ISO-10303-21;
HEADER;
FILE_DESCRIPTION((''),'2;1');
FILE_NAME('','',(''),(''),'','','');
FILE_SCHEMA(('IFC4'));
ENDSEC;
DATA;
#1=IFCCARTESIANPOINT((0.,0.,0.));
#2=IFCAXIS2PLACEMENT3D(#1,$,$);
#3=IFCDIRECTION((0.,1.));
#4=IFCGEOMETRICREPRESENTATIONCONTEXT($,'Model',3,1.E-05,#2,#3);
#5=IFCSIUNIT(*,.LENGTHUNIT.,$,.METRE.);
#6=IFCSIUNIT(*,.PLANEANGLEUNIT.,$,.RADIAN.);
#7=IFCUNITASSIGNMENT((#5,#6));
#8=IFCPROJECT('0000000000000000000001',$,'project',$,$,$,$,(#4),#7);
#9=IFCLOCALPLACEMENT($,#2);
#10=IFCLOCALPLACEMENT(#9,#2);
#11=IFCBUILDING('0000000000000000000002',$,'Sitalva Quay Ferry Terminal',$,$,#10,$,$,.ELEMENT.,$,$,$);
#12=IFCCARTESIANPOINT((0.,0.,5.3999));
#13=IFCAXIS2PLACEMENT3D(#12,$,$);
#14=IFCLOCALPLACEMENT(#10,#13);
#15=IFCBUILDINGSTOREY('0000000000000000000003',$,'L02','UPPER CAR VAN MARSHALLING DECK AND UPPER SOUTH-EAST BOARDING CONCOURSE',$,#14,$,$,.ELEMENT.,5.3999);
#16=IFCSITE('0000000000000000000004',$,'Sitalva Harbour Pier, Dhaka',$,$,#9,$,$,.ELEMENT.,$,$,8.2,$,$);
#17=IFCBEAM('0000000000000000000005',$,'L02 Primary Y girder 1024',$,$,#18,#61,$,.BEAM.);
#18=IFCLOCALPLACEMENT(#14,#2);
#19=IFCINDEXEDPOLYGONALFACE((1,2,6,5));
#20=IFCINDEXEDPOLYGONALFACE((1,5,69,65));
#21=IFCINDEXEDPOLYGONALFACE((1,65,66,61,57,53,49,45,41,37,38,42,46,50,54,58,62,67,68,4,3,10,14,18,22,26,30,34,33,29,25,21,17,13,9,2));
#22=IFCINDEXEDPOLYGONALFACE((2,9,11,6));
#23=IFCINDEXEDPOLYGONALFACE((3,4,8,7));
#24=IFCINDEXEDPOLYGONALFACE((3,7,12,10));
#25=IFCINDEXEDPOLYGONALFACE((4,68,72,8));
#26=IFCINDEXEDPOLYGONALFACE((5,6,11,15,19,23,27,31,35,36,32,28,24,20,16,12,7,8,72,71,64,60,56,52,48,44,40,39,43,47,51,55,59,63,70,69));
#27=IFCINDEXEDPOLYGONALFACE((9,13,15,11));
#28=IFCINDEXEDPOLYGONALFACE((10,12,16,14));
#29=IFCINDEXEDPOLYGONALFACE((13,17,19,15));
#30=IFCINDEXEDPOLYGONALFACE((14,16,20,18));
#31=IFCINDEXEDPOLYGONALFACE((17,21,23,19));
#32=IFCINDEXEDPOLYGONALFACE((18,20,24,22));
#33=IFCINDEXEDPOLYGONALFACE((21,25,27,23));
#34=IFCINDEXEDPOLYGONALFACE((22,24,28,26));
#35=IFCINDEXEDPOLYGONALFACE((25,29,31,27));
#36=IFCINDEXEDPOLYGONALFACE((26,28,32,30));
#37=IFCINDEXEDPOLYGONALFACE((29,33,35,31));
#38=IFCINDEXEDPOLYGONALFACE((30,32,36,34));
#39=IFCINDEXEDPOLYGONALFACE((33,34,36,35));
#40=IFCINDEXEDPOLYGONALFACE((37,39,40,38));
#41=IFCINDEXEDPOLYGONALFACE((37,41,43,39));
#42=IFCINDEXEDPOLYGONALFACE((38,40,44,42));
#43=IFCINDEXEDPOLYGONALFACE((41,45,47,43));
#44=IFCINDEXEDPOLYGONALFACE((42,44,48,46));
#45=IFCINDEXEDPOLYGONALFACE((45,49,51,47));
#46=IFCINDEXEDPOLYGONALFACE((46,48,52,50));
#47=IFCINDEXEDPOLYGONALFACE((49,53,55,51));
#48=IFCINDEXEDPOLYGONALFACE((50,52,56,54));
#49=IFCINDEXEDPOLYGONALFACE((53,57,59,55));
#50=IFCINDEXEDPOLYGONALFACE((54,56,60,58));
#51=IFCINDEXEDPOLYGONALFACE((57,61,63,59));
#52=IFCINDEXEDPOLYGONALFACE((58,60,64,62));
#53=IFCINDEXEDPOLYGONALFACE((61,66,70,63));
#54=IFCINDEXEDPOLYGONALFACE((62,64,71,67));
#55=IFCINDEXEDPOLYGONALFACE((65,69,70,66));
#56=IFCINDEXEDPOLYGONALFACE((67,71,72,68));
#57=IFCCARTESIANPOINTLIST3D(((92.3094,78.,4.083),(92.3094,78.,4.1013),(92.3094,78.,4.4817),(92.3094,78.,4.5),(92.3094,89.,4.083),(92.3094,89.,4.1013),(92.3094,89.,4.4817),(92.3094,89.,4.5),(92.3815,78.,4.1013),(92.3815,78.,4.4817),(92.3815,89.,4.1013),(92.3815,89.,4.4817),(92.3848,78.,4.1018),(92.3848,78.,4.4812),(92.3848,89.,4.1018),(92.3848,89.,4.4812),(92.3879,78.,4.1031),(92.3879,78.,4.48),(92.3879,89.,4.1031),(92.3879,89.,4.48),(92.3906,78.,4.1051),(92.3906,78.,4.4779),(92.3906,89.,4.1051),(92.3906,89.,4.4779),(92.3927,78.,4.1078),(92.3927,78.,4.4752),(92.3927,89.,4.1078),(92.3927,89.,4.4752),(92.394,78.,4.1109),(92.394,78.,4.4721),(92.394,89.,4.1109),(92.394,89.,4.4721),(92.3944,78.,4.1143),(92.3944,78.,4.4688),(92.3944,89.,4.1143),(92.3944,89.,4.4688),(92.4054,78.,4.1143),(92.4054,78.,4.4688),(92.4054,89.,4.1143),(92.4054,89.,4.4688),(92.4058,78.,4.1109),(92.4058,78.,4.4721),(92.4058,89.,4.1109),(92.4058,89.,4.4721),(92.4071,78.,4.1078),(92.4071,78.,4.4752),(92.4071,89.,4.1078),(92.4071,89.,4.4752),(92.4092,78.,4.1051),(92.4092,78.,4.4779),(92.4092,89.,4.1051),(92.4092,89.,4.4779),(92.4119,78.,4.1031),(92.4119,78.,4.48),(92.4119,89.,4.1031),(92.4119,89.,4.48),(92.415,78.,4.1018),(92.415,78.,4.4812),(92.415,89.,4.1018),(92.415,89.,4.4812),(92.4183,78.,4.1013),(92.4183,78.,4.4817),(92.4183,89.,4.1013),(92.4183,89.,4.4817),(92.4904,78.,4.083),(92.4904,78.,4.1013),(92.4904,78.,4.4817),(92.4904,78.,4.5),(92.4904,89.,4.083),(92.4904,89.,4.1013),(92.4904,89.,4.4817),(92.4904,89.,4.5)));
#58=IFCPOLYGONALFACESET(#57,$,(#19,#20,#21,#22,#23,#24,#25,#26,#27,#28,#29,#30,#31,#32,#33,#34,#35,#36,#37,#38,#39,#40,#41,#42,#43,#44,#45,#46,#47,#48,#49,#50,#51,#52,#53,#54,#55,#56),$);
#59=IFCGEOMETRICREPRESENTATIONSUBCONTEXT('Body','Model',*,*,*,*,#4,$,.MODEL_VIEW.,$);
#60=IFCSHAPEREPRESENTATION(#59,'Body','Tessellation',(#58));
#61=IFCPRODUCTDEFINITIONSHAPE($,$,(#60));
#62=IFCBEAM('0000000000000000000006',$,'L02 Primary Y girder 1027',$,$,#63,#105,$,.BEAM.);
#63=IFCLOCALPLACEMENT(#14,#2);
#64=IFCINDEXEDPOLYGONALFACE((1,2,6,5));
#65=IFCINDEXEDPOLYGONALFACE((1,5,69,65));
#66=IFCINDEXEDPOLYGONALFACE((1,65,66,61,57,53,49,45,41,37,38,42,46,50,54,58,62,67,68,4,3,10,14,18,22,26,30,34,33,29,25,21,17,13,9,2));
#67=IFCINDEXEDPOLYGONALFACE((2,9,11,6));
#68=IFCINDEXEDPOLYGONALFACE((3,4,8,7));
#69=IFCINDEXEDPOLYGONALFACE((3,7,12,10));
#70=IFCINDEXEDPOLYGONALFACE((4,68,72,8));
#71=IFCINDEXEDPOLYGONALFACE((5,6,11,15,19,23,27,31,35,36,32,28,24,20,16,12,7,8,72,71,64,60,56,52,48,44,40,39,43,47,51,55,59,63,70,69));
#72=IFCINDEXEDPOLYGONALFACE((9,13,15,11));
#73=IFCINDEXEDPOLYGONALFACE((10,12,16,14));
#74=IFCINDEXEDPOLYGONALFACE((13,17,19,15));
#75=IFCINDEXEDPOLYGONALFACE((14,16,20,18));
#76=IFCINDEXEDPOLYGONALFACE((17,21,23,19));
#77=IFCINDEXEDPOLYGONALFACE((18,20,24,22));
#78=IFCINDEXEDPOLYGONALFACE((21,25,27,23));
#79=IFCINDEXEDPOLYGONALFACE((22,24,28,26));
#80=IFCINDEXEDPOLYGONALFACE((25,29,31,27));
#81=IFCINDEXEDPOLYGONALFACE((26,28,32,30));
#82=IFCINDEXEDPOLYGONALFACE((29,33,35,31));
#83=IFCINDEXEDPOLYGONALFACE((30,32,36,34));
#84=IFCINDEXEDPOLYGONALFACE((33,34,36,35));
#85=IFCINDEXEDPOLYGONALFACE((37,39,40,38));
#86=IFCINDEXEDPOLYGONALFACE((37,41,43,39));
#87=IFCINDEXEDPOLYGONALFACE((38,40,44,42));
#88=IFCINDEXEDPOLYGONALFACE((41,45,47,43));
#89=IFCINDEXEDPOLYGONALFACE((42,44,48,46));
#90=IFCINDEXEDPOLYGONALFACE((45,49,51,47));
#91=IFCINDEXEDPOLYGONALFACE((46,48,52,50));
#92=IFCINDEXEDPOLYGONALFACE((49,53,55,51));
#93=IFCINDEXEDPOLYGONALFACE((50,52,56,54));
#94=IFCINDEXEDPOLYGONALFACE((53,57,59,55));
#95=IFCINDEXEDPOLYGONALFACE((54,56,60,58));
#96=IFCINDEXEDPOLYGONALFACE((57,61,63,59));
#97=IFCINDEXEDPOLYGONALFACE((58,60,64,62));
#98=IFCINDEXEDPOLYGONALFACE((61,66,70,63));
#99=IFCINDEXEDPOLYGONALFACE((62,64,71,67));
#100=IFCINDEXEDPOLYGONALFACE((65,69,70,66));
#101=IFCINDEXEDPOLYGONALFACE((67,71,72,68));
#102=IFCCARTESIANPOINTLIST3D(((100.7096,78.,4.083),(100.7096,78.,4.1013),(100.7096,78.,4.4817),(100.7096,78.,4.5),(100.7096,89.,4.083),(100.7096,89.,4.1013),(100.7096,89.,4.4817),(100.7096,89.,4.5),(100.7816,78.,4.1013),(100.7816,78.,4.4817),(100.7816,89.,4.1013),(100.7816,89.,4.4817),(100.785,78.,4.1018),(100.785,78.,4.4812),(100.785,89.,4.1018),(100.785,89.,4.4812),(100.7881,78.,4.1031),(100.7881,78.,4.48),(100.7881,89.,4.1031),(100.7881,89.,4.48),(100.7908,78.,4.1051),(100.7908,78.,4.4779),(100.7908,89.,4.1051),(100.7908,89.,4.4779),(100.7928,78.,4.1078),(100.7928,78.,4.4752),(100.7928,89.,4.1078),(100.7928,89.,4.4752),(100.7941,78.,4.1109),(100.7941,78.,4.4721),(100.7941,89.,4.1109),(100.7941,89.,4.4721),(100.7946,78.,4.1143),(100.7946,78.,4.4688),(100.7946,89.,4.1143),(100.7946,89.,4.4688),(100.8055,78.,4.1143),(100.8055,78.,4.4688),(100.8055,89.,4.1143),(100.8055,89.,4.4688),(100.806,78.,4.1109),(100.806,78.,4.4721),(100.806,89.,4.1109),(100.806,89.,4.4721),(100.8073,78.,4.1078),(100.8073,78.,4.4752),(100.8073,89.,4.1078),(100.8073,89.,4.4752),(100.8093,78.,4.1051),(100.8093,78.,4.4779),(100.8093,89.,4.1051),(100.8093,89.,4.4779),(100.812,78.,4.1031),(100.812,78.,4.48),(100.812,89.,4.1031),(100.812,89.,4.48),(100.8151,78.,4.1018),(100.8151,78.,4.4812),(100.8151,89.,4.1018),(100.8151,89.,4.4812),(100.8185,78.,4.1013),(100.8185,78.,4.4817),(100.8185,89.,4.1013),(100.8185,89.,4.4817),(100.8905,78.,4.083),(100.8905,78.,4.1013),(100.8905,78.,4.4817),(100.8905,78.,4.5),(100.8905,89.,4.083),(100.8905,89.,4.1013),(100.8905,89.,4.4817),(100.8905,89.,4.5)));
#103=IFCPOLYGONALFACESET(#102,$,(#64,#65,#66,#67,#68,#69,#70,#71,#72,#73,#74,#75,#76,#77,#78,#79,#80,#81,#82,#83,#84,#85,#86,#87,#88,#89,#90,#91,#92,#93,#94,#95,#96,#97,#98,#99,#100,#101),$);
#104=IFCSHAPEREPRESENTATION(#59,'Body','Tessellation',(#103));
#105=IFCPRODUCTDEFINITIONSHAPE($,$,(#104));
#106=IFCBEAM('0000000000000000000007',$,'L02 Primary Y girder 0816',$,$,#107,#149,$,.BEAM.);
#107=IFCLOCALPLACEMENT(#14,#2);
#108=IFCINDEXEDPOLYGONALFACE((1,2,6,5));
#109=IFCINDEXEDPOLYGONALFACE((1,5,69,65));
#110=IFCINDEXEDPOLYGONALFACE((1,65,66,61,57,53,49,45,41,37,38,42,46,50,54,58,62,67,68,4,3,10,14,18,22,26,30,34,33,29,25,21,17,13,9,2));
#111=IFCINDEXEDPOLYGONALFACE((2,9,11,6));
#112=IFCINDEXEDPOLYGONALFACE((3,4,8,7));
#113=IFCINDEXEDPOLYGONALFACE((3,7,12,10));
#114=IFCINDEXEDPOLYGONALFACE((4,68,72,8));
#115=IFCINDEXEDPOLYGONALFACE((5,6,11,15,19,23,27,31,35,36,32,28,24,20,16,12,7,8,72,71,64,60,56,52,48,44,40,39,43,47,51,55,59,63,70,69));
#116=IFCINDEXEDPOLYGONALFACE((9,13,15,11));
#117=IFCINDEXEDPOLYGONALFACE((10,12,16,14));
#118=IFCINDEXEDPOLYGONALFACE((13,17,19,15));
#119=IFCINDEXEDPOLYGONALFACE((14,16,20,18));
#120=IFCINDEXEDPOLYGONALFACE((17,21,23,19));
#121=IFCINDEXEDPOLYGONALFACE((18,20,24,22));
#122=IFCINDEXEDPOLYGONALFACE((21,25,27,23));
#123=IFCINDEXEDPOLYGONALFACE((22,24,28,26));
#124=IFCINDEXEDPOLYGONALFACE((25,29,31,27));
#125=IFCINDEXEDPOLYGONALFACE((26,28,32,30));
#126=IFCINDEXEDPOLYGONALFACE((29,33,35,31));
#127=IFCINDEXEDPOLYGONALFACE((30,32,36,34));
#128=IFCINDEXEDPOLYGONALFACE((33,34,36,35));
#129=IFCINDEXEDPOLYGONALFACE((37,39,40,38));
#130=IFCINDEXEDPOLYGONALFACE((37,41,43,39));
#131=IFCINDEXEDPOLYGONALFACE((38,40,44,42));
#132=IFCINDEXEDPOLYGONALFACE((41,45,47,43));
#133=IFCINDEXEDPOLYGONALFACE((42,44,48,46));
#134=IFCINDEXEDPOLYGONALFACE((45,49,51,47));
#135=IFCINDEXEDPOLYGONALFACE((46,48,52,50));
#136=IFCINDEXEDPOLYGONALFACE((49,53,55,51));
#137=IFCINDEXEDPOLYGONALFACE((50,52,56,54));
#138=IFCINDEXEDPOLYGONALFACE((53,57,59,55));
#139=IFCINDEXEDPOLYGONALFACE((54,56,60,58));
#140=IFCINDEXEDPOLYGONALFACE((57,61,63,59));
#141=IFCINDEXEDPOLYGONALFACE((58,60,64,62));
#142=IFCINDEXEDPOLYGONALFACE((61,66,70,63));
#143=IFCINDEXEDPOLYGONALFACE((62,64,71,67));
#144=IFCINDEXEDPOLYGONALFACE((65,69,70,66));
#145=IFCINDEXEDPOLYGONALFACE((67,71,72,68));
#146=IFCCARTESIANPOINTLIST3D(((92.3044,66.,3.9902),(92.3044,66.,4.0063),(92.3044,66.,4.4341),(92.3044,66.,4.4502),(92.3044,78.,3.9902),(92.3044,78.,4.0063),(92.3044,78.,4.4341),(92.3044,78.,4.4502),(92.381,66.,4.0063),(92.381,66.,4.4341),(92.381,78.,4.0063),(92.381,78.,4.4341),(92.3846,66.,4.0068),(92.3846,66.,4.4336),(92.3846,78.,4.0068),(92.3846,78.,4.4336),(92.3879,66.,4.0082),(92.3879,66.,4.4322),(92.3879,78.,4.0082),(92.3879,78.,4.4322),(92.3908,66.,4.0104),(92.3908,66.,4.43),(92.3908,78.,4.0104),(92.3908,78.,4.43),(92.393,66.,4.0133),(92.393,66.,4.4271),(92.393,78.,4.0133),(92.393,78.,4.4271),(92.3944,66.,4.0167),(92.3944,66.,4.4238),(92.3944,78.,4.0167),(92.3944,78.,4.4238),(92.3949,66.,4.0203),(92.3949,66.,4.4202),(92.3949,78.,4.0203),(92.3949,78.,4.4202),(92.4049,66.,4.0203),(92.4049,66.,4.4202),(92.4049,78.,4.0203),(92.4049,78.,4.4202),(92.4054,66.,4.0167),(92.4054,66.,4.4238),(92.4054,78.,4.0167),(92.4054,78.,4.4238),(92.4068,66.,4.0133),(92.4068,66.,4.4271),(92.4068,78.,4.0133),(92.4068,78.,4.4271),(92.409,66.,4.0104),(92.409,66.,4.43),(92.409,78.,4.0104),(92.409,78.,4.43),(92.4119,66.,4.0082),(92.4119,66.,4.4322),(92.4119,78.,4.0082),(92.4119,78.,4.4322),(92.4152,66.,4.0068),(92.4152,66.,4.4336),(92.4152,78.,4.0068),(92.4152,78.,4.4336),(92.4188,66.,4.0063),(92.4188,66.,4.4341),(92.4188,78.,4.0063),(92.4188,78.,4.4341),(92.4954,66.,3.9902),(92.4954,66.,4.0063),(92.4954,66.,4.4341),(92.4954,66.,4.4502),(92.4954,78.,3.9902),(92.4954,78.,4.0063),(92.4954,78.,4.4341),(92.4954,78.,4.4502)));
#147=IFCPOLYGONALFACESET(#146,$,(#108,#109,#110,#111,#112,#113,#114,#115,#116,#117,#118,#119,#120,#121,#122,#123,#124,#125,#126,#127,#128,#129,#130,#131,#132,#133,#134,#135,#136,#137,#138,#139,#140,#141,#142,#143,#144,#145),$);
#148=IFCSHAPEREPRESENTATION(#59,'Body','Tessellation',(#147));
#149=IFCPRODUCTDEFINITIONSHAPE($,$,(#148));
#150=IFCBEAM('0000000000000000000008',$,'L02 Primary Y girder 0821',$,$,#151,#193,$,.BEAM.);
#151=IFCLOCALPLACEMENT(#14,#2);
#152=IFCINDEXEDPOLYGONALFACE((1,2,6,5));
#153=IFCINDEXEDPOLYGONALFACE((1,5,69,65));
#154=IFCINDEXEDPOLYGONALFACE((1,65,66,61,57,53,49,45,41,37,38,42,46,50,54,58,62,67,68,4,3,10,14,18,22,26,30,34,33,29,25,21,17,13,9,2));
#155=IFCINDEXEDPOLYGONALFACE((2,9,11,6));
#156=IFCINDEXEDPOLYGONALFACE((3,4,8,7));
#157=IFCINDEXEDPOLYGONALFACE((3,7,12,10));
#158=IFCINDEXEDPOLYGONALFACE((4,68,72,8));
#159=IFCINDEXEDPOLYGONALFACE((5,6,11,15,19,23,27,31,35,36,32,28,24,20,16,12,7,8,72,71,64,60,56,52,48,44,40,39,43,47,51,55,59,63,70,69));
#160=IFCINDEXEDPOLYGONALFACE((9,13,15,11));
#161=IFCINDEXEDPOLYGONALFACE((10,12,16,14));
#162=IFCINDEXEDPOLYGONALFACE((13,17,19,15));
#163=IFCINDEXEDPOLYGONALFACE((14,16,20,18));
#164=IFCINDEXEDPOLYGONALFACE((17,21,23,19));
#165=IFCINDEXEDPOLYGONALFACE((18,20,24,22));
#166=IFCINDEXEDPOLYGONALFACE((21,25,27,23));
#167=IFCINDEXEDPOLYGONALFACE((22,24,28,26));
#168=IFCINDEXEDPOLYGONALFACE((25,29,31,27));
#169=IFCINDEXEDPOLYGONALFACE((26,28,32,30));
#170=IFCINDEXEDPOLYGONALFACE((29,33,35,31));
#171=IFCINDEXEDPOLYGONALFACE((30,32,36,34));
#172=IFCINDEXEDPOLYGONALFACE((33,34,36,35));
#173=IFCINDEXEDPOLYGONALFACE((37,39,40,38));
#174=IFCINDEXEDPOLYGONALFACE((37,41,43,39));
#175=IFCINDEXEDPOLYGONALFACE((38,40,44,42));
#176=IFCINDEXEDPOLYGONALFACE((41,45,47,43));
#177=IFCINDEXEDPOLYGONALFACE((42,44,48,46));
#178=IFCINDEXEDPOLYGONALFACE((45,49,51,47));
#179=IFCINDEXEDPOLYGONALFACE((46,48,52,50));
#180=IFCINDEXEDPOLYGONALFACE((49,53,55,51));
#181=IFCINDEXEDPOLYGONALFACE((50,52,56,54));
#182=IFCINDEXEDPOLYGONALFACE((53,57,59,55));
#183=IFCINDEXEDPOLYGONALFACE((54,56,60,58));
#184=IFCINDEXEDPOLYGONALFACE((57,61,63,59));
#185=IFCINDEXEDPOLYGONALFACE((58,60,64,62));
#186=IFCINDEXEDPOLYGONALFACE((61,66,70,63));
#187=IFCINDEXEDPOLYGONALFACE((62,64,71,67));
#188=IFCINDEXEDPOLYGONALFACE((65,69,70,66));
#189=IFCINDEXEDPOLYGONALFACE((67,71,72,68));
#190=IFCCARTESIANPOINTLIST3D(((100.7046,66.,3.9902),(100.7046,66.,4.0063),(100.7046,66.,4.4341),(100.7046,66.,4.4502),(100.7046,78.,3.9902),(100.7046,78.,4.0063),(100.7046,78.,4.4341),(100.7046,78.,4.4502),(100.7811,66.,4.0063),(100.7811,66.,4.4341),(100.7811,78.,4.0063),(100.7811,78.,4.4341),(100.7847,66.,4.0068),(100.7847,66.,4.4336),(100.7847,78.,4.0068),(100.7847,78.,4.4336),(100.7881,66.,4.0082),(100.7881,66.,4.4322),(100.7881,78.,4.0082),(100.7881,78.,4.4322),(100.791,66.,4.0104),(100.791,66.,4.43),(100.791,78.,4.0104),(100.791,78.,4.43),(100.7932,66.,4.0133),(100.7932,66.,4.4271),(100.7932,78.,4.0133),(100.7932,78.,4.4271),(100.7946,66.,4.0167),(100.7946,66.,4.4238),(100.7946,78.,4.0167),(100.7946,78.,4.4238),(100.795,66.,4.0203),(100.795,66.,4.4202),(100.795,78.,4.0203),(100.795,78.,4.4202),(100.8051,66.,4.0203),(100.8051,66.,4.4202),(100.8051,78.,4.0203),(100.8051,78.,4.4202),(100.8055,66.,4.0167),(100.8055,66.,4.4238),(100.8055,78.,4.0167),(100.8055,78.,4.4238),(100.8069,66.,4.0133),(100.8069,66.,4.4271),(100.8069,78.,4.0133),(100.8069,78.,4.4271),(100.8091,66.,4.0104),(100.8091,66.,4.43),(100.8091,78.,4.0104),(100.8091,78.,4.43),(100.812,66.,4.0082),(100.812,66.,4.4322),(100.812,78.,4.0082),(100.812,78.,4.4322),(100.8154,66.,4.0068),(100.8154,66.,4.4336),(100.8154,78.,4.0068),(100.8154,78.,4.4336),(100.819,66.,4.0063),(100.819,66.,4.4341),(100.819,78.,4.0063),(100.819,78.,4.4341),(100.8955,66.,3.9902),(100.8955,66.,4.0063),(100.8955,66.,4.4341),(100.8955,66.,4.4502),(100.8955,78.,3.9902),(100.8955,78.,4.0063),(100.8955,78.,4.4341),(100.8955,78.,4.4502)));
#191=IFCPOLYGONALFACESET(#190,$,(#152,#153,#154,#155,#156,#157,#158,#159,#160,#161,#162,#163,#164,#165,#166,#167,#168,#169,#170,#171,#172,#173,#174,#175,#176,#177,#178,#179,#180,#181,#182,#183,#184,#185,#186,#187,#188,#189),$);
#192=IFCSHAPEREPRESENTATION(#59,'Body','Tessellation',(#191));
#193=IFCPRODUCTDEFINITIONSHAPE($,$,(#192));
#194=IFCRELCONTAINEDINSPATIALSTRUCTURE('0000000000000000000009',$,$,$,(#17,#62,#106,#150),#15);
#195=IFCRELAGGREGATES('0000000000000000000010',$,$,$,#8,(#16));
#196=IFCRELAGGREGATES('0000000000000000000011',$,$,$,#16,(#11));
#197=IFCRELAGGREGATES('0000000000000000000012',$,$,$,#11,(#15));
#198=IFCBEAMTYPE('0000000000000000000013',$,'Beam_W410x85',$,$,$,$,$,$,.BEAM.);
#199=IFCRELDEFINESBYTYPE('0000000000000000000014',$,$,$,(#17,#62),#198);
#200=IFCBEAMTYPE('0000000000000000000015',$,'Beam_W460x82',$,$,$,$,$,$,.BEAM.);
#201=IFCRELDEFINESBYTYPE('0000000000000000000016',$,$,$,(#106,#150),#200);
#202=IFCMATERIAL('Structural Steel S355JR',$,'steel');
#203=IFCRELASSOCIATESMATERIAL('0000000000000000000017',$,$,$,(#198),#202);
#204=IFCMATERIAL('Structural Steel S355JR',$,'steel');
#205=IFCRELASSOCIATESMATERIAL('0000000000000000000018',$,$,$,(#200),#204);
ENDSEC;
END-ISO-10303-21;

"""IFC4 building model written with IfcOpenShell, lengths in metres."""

from ifc_helpers import new_model, si_unit, direction, frame, origin, origin_2d, place, context, subcontext, project, spatial, i_section, extrude, material, material_profile, profile_set, type_object, element, save


model = new_model("IFC4")

# Units and contexts
model_context = context("Model", 3, precision=1e-05, world=origin(), true_north=direction((0.0, 1.0)))
body_context = subcontext(model_context, "Body", "Model", "MODEL_VIEW")
ifc_project = project(units=[si_unit("LENGTHUNIT", "METRE"), si_unit("PLANEANGLEUNIT", "RADIAN")], contexts=[model_context])

# Site, building, storey
site_placement = place(None, origin())
site = spatial("IfcSite", under=ifc_project, at=site_placement, Name="Sitalva Harbour Pier, Dhaka", CompositionType="ELEMENT", RefElevation=8.2)
building_placement = place(site_placement, origin())
building = spatial("IfcBuilding", under=site, at=building_placement, Name="Sitalva Quay Ferry Terminal", CompositionType="ELEMENT")
storey_placement = place(building_placement, frame((0.0, 0.0, 5.3999)))
storey = spatial("IfcBuildingStorey", under=building, at=storey_placement, Name="L02", Description="UPPER CAR VAN MARSHALLING DECK AND UPPER SOUTH-EAST BOARDING CONCOURSE", CompositionType="ELEMENT", Elevation=5.3999)

# Beams
ifc_material_1 = material(Name="Structural Steel S355JR", Category="steel")
ifc_material_profile_1 = material_profile(ifc_material_1, i_section(OverallWidth=0.1809, OverallDepth=0.417, WebThickness=0.011, FlangeThickness=0.0183, FilletRadius=0.0129, at=origin_2d()), Name="W410x85")
ifc_profile_set_1 = profile_set([ifc_material_profile_1], Name="Structural Steel S355JR")
beam_type_1 = type_object("IfcBeamType", Name="Beam_W410x85", PredefinedType="BEAM", material=ifc_profile_set_1)
for number, where, z_axis, x_axis, name in (
    (1, (92.3999, 78.0, 4.2915), (0.0, 1.0, 0.0), (-1.0, 0.0, 0.0), "L02 Primary Y girder 1024"),
    (2, (100.8, 78.0, 4.2915), (0.0, 1.0, 0.0), (-1.0, 0.0, 0.0), "L02 Primary Y girder 1027"),
):
    element("IfcBeam", number, at=place(storey_placement, frame(where, z_axis=z_axis, x_axis=x_axis)), inside=storey, type_object=beam_type_1, Name=name, PredefinedType="BEAM", context=body_context, shape_type="SweptSolid", body=[
        extrude(i_section(OverallWidth=0.1809, OverallDepth=0.417, WebThickness=0.011, FlangeThickness=0.0183, FilletRadius=0.0129, at=origin_2d()), origin(), (0.0, 0.0, 1.0), 11.0),
    ])
ifc_material_2 = material(Name="Structural Steel S355JR", Category="steel")
ifc_material_profile_2 = material_profile(ifc_material_2, i_section(OverallWidth=0.1909, OverallDepth=0.46, WebThickness=0.01, FlangeThickness=0.0161, FilletRadius=0.0139, at=origin_2d()), Name="W460x82")
ifc_profile_set_2 = profile_set([ifc_material_profile_2], Name="Structural Steel S355JR")
beam_type_2 = type_object("IfcBeamType", Name="Beam_W460x82", PredefinedType="BEAM", material=ifc_profile_set_2)
for number, where, z_axis, x_axis, name in (
    (3, (92.3999, 66.0, 4.2202), (0.0, 1.0, 0.0), (-1.0, 0.0, 0.0), "L02 Primary Y girder 0816"),
    (4, (100.8, 66.0, 4.2202), (0.0, 1.0, 0.0), (-1.0, 0.0, 0.0), "L02 Primary Y girder 0821"),
):
    element("IfcBeam", number, at=place(storey_placement, frame(where, z_axis=z_axis, x_axis=x_axis)), inside=storey, type_object=beam_type_2, Name=name, PredefinedType="BEAM", context=body_context, shape_type="SweptSolid", body=[
        extrude(i_section(OverallWidth=0.1909, OverallDepth=0.46, WebThickness=0.01, FlangeThickness=0.0161, FilletRadius=0.0139, at=origin_2d()), origin(), (0.0, 0.0, 1.0), 12.0),
    ])

save(model, "model.ifc")
